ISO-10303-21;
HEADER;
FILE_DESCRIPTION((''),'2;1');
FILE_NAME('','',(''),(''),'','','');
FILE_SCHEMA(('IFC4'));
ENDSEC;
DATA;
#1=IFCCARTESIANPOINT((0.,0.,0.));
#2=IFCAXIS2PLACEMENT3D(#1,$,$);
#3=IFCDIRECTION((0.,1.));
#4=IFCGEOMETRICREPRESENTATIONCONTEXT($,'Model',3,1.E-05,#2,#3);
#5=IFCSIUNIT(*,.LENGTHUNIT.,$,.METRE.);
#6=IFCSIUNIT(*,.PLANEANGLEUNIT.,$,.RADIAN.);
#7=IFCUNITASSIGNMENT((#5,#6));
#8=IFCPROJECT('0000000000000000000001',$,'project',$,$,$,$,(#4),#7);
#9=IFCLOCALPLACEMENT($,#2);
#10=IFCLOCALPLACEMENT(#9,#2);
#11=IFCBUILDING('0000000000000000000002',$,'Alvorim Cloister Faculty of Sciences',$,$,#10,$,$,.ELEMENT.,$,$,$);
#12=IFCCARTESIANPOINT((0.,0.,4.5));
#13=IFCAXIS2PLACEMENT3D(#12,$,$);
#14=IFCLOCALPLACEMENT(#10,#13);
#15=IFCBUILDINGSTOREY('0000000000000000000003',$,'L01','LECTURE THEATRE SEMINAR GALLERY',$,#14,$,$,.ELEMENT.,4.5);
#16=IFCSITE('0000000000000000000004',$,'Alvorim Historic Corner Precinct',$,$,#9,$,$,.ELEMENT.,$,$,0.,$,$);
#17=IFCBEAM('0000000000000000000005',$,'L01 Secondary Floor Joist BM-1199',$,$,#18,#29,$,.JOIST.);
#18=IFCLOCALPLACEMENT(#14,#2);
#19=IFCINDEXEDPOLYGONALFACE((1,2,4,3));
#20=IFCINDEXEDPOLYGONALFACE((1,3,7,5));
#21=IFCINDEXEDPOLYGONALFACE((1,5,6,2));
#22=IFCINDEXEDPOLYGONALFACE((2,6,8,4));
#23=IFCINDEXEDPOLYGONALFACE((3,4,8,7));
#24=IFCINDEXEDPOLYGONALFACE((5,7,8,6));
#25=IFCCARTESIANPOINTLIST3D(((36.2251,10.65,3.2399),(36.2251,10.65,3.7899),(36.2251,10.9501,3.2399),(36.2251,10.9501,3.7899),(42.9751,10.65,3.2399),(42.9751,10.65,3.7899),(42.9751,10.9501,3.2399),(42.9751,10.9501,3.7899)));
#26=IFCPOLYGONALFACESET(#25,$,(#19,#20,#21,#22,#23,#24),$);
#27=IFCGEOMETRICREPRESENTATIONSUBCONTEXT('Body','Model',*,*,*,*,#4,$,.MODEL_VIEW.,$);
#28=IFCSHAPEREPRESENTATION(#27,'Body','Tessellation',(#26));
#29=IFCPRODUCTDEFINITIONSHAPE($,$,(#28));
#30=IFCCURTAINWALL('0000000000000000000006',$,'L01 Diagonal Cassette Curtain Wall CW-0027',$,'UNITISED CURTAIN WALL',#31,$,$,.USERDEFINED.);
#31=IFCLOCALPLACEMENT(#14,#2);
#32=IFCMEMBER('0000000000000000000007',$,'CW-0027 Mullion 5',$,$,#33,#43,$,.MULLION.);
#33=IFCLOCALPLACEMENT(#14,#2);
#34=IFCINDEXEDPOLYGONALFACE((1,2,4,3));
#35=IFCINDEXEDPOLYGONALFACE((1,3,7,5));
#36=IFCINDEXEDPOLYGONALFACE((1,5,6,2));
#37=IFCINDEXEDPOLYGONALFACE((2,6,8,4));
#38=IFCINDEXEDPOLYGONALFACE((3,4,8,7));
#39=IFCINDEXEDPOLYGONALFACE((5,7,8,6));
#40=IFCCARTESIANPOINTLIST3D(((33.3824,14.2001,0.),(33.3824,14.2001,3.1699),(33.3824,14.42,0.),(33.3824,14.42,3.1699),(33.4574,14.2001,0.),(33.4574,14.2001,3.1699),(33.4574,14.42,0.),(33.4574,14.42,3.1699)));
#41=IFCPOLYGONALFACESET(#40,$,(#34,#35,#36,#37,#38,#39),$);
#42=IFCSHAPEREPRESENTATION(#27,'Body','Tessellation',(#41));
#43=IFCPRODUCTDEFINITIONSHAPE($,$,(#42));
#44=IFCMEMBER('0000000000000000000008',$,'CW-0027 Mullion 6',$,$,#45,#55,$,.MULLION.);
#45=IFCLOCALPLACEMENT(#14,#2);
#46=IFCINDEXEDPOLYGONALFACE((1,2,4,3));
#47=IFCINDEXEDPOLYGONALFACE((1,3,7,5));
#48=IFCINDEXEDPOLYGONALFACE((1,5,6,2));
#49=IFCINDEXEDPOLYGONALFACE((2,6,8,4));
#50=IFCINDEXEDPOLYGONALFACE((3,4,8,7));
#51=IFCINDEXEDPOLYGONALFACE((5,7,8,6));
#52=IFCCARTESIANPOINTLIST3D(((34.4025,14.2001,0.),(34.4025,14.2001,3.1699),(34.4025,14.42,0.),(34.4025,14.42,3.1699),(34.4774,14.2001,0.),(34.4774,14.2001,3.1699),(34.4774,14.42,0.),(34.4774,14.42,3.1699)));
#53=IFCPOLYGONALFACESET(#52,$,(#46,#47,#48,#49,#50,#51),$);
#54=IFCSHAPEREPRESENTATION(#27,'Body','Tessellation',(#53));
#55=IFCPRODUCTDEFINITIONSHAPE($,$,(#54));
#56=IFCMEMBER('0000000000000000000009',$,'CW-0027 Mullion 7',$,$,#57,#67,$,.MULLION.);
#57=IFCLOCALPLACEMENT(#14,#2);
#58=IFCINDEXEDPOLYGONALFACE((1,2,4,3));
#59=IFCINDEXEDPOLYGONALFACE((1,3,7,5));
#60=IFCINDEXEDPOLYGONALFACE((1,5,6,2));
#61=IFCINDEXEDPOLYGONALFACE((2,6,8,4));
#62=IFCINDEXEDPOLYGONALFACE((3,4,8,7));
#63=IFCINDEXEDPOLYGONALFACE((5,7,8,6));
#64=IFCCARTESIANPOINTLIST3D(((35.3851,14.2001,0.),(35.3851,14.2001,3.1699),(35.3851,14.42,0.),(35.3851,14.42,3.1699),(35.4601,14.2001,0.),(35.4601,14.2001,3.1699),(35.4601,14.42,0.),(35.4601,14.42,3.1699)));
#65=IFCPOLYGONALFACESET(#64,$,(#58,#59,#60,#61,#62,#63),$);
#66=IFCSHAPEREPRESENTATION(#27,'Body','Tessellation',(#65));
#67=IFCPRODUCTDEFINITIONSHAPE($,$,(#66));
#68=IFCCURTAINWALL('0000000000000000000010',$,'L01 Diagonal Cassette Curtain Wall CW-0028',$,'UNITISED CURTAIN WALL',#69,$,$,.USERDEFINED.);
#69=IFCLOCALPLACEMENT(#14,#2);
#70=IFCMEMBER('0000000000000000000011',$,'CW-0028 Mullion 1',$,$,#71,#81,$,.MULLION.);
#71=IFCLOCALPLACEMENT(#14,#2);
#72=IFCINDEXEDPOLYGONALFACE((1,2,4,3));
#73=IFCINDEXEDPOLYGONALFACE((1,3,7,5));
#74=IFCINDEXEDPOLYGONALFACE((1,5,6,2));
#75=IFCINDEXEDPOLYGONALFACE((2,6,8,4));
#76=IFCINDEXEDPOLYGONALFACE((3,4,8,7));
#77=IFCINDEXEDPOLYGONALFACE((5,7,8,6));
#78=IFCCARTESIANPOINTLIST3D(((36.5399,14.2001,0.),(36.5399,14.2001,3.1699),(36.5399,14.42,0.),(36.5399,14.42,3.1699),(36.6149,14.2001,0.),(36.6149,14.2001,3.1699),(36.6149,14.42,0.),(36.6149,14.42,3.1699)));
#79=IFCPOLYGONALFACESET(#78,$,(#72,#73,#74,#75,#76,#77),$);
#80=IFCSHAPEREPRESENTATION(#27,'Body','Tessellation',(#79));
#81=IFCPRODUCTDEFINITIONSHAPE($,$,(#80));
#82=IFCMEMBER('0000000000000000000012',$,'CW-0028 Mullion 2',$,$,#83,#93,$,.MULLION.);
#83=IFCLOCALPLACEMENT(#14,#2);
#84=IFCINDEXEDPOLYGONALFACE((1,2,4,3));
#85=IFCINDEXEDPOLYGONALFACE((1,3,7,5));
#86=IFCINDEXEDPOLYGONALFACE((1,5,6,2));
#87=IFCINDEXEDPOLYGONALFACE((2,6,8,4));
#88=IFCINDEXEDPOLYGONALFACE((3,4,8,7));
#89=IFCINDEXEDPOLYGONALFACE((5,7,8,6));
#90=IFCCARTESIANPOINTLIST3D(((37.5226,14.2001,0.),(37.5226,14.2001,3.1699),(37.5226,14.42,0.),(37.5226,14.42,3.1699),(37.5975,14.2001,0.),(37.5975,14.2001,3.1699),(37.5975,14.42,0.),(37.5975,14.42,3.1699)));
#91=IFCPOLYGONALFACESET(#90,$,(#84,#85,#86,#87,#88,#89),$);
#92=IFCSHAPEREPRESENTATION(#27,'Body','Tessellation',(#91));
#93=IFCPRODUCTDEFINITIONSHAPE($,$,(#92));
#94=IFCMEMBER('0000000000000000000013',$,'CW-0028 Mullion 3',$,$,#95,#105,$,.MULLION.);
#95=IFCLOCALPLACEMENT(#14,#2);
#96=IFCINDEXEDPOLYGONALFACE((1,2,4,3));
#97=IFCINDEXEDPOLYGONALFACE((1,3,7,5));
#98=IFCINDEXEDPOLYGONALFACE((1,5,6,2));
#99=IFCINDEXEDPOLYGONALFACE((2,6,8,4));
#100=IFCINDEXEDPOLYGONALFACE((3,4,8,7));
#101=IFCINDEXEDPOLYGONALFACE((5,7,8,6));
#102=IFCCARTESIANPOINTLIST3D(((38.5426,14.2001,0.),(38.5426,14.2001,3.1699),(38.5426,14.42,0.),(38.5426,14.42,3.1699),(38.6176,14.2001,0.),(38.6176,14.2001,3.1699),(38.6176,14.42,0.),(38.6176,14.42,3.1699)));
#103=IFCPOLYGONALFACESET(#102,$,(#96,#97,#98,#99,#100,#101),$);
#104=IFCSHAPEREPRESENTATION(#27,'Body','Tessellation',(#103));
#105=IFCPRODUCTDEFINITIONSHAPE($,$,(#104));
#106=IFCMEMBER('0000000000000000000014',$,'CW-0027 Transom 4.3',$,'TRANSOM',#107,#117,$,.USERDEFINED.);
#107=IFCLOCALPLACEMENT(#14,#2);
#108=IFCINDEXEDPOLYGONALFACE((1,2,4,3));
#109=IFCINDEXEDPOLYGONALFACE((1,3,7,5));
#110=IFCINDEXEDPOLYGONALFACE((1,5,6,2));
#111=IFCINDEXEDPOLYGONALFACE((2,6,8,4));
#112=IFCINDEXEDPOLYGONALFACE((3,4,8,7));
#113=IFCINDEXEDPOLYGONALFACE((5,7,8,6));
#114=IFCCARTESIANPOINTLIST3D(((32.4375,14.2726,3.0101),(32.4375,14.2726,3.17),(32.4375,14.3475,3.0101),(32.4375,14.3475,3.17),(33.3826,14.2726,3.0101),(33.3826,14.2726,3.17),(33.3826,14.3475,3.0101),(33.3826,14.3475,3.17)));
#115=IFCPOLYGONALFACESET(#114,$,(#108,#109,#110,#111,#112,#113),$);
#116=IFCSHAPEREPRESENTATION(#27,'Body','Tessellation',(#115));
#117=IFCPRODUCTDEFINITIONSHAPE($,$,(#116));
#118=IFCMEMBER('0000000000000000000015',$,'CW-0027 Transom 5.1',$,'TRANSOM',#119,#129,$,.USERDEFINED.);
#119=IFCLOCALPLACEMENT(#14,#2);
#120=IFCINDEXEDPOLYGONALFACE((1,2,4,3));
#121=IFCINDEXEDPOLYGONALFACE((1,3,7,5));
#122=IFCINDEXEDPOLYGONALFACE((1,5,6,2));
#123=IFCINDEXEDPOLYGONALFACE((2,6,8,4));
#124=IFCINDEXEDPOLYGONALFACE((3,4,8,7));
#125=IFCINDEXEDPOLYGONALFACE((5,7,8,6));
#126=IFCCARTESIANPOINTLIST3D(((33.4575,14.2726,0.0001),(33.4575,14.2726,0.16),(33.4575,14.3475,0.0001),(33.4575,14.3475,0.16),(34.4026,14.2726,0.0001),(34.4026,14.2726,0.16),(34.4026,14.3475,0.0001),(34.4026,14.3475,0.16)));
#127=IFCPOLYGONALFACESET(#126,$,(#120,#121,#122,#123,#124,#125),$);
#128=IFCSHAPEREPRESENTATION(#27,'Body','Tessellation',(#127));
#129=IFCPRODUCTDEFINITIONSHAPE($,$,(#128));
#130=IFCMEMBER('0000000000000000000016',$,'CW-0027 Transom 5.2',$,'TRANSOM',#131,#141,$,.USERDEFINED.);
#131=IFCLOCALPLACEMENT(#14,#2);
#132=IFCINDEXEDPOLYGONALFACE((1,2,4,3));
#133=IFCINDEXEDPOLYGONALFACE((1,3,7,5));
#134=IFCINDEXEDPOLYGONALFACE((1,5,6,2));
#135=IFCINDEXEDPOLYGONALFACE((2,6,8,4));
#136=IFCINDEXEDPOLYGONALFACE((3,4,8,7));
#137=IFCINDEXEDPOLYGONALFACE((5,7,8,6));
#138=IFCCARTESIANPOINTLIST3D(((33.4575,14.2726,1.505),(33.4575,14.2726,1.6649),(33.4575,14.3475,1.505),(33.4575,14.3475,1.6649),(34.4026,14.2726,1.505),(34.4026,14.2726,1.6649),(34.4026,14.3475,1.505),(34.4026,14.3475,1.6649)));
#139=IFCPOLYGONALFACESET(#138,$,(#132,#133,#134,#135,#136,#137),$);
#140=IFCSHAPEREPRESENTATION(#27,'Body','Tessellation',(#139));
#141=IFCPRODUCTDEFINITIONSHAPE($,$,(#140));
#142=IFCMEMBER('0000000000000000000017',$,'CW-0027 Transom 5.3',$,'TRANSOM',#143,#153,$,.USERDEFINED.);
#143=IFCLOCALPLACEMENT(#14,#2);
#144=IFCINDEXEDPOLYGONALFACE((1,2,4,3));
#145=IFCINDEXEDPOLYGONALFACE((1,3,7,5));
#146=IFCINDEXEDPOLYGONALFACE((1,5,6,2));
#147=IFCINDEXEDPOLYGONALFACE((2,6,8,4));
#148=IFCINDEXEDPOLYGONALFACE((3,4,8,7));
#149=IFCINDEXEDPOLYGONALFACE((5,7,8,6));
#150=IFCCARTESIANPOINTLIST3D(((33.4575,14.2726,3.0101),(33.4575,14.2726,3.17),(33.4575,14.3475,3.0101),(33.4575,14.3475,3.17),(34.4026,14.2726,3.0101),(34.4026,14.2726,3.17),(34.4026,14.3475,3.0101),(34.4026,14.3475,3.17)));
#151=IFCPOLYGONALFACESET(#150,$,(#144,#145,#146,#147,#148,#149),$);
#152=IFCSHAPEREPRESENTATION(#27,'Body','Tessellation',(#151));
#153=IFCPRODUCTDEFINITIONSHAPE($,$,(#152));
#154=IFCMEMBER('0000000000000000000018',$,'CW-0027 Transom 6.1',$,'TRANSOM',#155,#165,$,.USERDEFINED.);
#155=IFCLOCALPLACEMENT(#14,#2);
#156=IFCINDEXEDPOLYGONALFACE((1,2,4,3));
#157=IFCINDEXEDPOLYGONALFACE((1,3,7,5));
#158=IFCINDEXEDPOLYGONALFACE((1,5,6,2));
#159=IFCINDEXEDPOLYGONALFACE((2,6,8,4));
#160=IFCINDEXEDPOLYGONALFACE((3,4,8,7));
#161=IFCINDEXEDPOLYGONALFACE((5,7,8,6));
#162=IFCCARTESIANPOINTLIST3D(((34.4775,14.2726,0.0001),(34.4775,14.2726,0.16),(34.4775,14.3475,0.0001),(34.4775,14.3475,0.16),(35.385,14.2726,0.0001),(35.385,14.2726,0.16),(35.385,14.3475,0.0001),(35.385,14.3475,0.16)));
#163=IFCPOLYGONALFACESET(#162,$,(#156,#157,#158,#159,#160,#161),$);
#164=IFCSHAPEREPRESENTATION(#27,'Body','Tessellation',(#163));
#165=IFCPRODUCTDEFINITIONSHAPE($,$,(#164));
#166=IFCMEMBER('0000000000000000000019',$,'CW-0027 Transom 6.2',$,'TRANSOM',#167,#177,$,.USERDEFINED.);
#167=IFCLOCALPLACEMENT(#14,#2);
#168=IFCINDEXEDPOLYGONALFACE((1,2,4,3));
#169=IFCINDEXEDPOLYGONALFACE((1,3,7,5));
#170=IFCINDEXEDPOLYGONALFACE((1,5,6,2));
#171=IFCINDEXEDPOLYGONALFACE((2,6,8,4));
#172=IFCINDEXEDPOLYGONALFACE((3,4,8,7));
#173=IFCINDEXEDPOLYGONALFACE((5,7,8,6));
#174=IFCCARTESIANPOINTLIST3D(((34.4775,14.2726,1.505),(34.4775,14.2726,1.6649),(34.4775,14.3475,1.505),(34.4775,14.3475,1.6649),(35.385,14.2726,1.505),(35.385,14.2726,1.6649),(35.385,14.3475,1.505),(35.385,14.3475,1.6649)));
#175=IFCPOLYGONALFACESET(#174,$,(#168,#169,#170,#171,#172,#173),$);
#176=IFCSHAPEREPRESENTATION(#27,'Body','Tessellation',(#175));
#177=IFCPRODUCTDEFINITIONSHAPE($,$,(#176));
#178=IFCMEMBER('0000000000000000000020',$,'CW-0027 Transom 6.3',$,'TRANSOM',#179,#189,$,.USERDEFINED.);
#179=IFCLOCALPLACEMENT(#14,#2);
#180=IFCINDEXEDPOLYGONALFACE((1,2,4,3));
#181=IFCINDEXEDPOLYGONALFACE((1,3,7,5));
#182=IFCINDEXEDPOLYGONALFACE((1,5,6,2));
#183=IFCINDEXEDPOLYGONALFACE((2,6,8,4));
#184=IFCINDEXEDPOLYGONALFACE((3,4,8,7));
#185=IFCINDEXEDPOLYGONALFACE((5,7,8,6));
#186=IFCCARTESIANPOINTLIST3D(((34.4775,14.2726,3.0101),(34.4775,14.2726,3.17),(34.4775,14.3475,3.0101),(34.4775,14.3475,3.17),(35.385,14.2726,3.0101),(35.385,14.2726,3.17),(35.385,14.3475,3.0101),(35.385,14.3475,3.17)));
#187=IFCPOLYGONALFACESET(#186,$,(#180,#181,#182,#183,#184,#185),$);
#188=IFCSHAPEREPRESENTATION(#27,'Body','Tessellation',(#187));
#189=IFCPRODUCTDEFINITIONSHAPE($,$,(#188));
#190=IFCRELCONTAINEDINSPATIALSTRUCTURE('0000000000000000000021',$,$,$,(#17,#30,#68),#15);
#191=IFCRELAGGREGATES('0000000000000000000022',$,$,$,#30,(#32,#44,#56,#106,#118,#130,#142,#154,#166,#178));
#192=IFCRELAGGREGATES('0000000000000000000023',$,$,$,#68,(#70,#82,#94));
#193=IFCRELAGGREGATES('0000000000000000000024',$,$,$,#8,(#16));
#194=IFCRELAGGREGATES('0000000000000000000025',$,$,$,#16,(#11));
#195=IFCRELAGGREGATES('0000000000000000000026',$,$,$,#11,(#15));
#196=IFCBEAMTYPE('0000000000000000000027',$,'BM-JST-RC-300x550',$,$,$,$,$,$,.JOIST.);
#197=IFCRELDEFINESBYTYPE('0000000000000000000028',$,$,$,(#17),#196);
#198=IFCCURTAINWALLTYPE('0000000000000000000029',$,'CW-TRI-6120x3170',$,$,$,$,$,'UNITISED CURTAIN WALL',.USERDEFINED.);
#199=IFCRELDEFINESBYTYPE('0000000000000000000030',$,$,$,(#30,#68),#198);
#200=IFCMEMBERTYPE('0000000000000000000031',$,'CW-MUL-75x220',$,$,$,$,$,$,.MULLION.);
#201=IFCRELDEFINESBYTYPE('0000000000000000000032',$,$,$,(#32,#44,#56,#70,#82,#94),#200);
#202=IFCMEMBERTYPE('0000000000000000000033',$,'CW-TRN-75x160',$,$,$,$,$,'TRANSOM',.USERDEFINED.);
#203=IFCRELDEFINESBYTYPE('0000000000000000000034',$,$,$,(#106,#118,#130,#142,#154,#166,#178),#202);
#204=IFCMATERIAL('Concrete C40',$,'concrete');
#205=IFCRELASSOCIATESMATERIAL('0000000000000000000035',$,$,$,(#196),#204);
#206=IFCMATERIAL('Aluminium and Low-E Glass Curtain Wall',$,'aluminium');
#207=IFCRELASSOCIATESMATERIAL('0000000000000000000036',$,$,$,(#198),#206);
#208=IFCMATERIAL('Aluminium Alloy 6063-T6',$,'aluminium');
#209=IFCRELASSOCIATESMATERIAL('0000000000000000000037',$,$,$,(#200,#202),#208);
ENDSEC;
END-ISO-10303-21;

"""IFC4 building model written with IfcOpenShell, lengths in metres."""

from ifc_helpers import new_model, si_unit, direction, frame, origin, origin_2d, place, context, subcontext, project, spatial, rectangle, extrude, material, material_profile, profile_set, type_object, element, aggregate, save


model = new_model("IFC4")

# Units and contexts
model_context = context("Model", 3, precision=1e-05, world=origin(), true_north=direction((0.0, 1.0)))
body_context = subcontext(model_context, "Body", "Model", "MODEL_VIEW")
ifc_project = project(units=[si_unit("LENGTHUNIT", "METRE"), si_unit("PLANEANGLEUNIT", "RADIAN")], contexts=[model_context])

# Site, building, storey
site_placement = place(None, origin())
site = spatial("IfcSite", under=ifc_project, at=site_placement, Name="Alvorim Historic Corner Precinct", CompositionType="ELEMENT", RefElevation=0.0)
building_placement = place(site_placement, origin())
building = spatial("IfcBuilding", under=site, at=building_placement, Name="Alvorim Cloister Faculty of Sciences", CompositionType="ELEMENT")
storey_placement = place(building_placement, frame((0.0, 0.0, 4.5)))
storey = spatial("IfcBuildingStorey", under=building, at=storey_placement, Name="L01", Description="LECTURE THEATRE SEMINAR GALLERY", CompositionType="ELEMENT", Elevation=4.5)

# Beam
ifc_material_1 = material(Name="Concrete C40", Category="concrete")
ifc_material_profile_1 = material_profile(ifc_material_1, rectangle(XDim=0.3, YDim=0.55, at=origin_2d()), Name="RC40-JST-300x550")
ifc_profile_set_1 = profile_set([ifc_material_profile_1], Name="Concrete C40")
beam_type = type_object("IfcBeamType", Name="BM-JST-RC-300x550", PredefinedType="JOIST", material=ifc_profile_set_1)
beam_placement = place(storey_placement, frame((36.2251, 10.8, 3.5149), z_axis=(1.0, 0.0, 0.0), x_axis=(0.0, 1.0, 0.0)))
element("IfcBeam", 1, at=beam_placement, inside=storey, type_object=beam_type, Name="L01 Secondary Floor Joist BM-1199", PredefinedType="JOIST", context=body_context, shape_type="SweptSolid", body=[
    extrude(rectangle(XDim=0.3, YDim=0.55, at=origin_2d()), origin(), (0.0, 0.0, 1.0), 6.75),
])

# Curtain walls, members
ifc_material_2 = material(Name="Aluminium and Low-E Glass Curtain Wall", Category="aluminium")
curtain_wall_type = type_object("IfcCurtainWallType", Name="CW-TRI-6120x3170", ElementType="UNITISED CURTAIN WALL", PredefinedType="USERDEFINED", material=ifc_material_2)
curtain_wall_1_placement = place(storey_placement, origin())
curtain_wall_1 = element("IfcCurtainWall", 2, at=curtain_wall_1_placement, inside=storey, type_object=curtain_wall_type, Name="L01 Diagonal Cassette Curtain Wall CW-0027", ObjectType="UNITISED CURTAIN WALL", PredefinedType="USERDEFINED")
ifc_material_3 = material(Name="Aluminium Alloy 6063-T6", Category="aluminium")
ifc_material_profile_2 = material_profile(ifc_material_3, rectangle(XDim=0.075, YDim=0.22, at=origin_2d()), Name="ALU-MUL-75x220")
ifc_profile_set_2 = profile_set([ifc_material_profile_2], Name="Aluminium Alloy 6063-T6")
member_type_1 = type_object("IfcMemberType", Name="CW-MUL-75x220", PredefinedType="MULLION", material=ifc_profile_set_2)
member_1_placement = place(storey_placement, frame((33.4199, 14.3101, 0.0), z_axis=(0.0, 0.0, 1.0), x_axis=(1.0, 0.0, 0.0)))
member_1 = element("IfcMember", 3, at=member_1_placement, type_object=member_type_1, Name="CW-0027 Mullion 5", PredefinedType="MULLION", context=body_context, shape_type="SweptSolid", body=[
    extrude(rectangle(XDim=0.075, YDim=0.22, at=origin_2d()), origin(), (0.0, 0.0, 1.0), 3.1699),
])
member_2_placement = place(storey_placement, frame((34.4399, 14.3101, 0.0), z_axis=(0.0, 0.0, 1.0), x_axis=(1.0, 0.0, 0.0)))
member_2 = element("IfcMember", 4, at=member_2_placement, type_object=member_type_1, Name="CW-0027 Mullion 6", PredefinedType="MULLION", context=body_context, shape_type="SweptSolid", body=[
    extrude(rectangle(XDim=0.075, YDim=0.22, at=origin_2d()), origin(), (0.0, 0.0, 1.0), 3.1699),
])
member_3_placement = place(storey_placement, frame((35.4226, 14.3101, 0.0), z_axis=(0.0, 0.0, 1.0), x_axis=(1.0, 0.0, 0.0)))
member_3 = element("IfcMember", 5, at=member_3_placement, type_object=member_type_1, Name="CW-0027 Mullion 7", PredefinedType="MULLION", context=body_context, shape_type="SweptSolid", body=[
    extrude(rectangle(XDim=0.075, YDim=0.22, at=origin_2d()), origin(), (0.0, 0.0, 1.0), 3.1699),
])
curtain_wall_2_placement = place(storey_placement, origin())
curtain_wall_2 = element("IfcCurtainWall", 6, at=curtain_wall_2_placement, inside=storey, type_object=curtain_wall_type, Name="L01 Diagonal Cassette Curtain Wall CW-0028", ObjectType="UNITISED CURTAIN WALL", PredefinedType="USERDEFINED")
member_4_placement = place(storey_placement, frame((36.5774, 14.3101, 0.0), z_axis=(0.0, 0.0, 1.0), x_axis=(1.0, 0.0, 0.0)))
member_4 = element("IfcMember", 7, at=member_4_placement, type_object=member_type_1, Name="CW-0028 Mullion 1", PredefinedType="MULLION", context=body_context, shape_type="SweptSolid", body=[
    extrude(rectangle(XDim=0.075, YDim=0.22, at=origin_2d()), origin(), (0.0, 0.0, 1.0), 3.1699),
])
member_5_placement = place(storey_placement, frame((37.5601, 14.3101, 0.0), z_axis=(0.0, 0.0, 1.0), x_axis=(1.0, 0.0, 0.0)))
member_5 = element("IfcMember", 8, at=member_5_placement, type_object=member_type_1, Name="CW-0028 Mullion 2", PredefinedType="MULLION", context=body_context, shape_type="SweptSolid", body=[
    extrude(rectangle(XDim=0.075, YDim=0.22, at=origin_2d()), origin(), (0.0, 0.0, 1.0), 3.1699),
])
member_6_placement = place(storey_placement, frame((38.5801, 14.3101, 0.0), z_axis=(0.0, 0.0, 1.0), x_axis=(1.0, 0.0, 0.0)))
member_6 = element("IfcMember", 9, at=member_6_placement, type_object=member_type_1, Name="CW-0028 Mullion 3", PredefinedType="MULLION", context=body_context, shape_type="SweptSolid", body=[
    extrude(rectangle(XDim=0.075, YDim=0.22, at=origin_2d()), origin(), (0.0, 0.0, 1.0), 3.1699),
])

# Members
ifc_material_profile_3 = material_profile(ifc_material_3, rectangle(XDim=0.075, YDim=0.1599, at=origin_2d()), Name="ALU-TRN-75x160")
ifc_profile_set_3 = profile_set([ifc_material_profile_3], Name="Aluminium Alloy 6063-T6")
member_type_2 = type_object("IfcMemberType", Name="CW-TRN-75x160", ElementType="TRANSOM", PredefinedType="USERDEFINED", material=ifc_profile_set_3)
member_7_placement = place(storey_placement, frame((32.4375, 14.3101, 3.0901), z_axis=(1.0, 0.0, 0.0), x_axis=(0.0, 1.0, 0.0)))
member_7 = element("IfcMember", 10, at=member_7_placement, type_object=member_type_2, Name="CW-0027 Transom 4.3", ObjectType="TRANSOM", PredefinedType="USERDEFINED", context=body_context, shape_type="SweptSolid", body=[
    extrude(rectangle(XDim=0.075, YDim=0.1599, at=origin_2d()), origin(), (0.0, 0.0, 1.0), 0.9451),
])
member_8_placement = place(storey_placement, frame((33.4575, 14.3101, 0.0801), z_axis=(1.0, 0.0, 0.0), x_axis=(0.0, 1.0, 0.0)))
member_8 = element("IfcMember", 11, at=member_8_placement, type_object=member_type_2, Name="CW-0027 Transom 5.1", ObjectType="TRANSOM", PredefinedType="USERDEFINED", context=body_context, shape_type="SweptSolid", body=[
    extrude(rectangle(XDim=0.075, YDim=0.1599, at=origin_2d()), origin(), (0.0, 0.0, 1.0), 0.9451),
])
member_9_placement = place(storey_placement, frame((33.4575, 14.3101, 1.585), z_axis=(1.0, 0.0, 0.0), x_axis=(0.0, 1.0, 0.0)))
member_9 = element("IfcMember", 12, at=member_9_placement, type_object=member_type_2, Name="CW-0027 Transom 5.2", ObjectType="TRANSOM", PredefinedType="USERDEFINED", context=body_context, shape_type="SweptSolid", body=[
    extrude(rectangle(XDim=0.075, YDim=0.1599, at=origin_2d()), origin(), (0.0, 0.0, 1.0), 0.9451),
])
member_10_placement = place(storey_placement, frame((33.4575, 14.3101, 3.0901), z_axis=(1.0, 0.0, 0.0), x_axis=(0.0, 1.0, 0.0)))
member_10 = element("IfcMember", 13, at=member_10_placement, type_object=member_type_2, Name="CW-0027 Transom 5.3", ObjectType="TRANSOM", PredefinedType="USERDEFINED", context=body_context, shape_type="SweptSolid", body=[
    extrude(rectangle(XDim=0.075, YDim=0.1599, at=origin_2d()), origin(), (0.0, 0.0, 1.0), 0.9451),
])
member_11_placement = place(storey_placement, frame((34.4775, 14.3101, 0.0801), z_axis=(1.0, 0.0, 0.0), x_axis=(0.0, 1.0, 0.0)))
member_11 = element("IfcMember", 14, at=member_11_placement, type_object=member_type_2, Name="CW-0027 Transom 6.1", ObjectType="TRANSOM", PredefinedType="USERDEFINED", context=body_context, shape_type="SweptSolid", body=[
    extrude(rectangle(XDim=0.075, YDim=0.1599, at=origin_2d()), origin(), (0.0, 0.0, 1.0), 0.9075),
])
member_12_placement = place(storey_placement, frame((34.4775, 14.3101, 1.585), z_axis=(1.0, 0.0, 0.0), x_axis=(0.0, 1.0, 0.0)))
member_12 = element("IfcMember", 15, at=member_12_placement, type_object=member_type_2, Name="CW-0027 Transom 6.2", ObjectType="TRANSOM", PredefinedType="USERDEFINED", context=body_context, shape_type="SweptSolid", body=[
    extrude(rectangle(XDim=0.075, YDim=0.1599, at=origin_2d()), origin(), (0.0, 0.0, 1.0), 0.9075),
])
member_13_placement = place(storey_placement, frame((34.4775, 14.3101, 3.0901), z_axis=(1.0, 0.0, 0.0), x_axis=(0.0, 1.0, 0.0)))
member_13 = element("IfcMember", 16, at=member_13_placement, type_object=member_type_2, Name="CW-0027 Transom 6.3", ObjectType="TRANSOM", PredefinedType="USERDEFINED", context=body_context, shape_type="SweptSolid", body=[
    extrude(rectangle(XDim=0.075, YDim=0.1599, at=origin_2d()), origin(), (0.0, 0.0, 1.0), 0.9075),
])
aggregate(curtain_wall_1, [member_1, member_2, member_3, member_7, member_8, member_9, member_10, member_11, member_12, member_13])
aggregate(curtain_wall_2, [member_4, member_5, member_6])

save(model, "model.ifc")
